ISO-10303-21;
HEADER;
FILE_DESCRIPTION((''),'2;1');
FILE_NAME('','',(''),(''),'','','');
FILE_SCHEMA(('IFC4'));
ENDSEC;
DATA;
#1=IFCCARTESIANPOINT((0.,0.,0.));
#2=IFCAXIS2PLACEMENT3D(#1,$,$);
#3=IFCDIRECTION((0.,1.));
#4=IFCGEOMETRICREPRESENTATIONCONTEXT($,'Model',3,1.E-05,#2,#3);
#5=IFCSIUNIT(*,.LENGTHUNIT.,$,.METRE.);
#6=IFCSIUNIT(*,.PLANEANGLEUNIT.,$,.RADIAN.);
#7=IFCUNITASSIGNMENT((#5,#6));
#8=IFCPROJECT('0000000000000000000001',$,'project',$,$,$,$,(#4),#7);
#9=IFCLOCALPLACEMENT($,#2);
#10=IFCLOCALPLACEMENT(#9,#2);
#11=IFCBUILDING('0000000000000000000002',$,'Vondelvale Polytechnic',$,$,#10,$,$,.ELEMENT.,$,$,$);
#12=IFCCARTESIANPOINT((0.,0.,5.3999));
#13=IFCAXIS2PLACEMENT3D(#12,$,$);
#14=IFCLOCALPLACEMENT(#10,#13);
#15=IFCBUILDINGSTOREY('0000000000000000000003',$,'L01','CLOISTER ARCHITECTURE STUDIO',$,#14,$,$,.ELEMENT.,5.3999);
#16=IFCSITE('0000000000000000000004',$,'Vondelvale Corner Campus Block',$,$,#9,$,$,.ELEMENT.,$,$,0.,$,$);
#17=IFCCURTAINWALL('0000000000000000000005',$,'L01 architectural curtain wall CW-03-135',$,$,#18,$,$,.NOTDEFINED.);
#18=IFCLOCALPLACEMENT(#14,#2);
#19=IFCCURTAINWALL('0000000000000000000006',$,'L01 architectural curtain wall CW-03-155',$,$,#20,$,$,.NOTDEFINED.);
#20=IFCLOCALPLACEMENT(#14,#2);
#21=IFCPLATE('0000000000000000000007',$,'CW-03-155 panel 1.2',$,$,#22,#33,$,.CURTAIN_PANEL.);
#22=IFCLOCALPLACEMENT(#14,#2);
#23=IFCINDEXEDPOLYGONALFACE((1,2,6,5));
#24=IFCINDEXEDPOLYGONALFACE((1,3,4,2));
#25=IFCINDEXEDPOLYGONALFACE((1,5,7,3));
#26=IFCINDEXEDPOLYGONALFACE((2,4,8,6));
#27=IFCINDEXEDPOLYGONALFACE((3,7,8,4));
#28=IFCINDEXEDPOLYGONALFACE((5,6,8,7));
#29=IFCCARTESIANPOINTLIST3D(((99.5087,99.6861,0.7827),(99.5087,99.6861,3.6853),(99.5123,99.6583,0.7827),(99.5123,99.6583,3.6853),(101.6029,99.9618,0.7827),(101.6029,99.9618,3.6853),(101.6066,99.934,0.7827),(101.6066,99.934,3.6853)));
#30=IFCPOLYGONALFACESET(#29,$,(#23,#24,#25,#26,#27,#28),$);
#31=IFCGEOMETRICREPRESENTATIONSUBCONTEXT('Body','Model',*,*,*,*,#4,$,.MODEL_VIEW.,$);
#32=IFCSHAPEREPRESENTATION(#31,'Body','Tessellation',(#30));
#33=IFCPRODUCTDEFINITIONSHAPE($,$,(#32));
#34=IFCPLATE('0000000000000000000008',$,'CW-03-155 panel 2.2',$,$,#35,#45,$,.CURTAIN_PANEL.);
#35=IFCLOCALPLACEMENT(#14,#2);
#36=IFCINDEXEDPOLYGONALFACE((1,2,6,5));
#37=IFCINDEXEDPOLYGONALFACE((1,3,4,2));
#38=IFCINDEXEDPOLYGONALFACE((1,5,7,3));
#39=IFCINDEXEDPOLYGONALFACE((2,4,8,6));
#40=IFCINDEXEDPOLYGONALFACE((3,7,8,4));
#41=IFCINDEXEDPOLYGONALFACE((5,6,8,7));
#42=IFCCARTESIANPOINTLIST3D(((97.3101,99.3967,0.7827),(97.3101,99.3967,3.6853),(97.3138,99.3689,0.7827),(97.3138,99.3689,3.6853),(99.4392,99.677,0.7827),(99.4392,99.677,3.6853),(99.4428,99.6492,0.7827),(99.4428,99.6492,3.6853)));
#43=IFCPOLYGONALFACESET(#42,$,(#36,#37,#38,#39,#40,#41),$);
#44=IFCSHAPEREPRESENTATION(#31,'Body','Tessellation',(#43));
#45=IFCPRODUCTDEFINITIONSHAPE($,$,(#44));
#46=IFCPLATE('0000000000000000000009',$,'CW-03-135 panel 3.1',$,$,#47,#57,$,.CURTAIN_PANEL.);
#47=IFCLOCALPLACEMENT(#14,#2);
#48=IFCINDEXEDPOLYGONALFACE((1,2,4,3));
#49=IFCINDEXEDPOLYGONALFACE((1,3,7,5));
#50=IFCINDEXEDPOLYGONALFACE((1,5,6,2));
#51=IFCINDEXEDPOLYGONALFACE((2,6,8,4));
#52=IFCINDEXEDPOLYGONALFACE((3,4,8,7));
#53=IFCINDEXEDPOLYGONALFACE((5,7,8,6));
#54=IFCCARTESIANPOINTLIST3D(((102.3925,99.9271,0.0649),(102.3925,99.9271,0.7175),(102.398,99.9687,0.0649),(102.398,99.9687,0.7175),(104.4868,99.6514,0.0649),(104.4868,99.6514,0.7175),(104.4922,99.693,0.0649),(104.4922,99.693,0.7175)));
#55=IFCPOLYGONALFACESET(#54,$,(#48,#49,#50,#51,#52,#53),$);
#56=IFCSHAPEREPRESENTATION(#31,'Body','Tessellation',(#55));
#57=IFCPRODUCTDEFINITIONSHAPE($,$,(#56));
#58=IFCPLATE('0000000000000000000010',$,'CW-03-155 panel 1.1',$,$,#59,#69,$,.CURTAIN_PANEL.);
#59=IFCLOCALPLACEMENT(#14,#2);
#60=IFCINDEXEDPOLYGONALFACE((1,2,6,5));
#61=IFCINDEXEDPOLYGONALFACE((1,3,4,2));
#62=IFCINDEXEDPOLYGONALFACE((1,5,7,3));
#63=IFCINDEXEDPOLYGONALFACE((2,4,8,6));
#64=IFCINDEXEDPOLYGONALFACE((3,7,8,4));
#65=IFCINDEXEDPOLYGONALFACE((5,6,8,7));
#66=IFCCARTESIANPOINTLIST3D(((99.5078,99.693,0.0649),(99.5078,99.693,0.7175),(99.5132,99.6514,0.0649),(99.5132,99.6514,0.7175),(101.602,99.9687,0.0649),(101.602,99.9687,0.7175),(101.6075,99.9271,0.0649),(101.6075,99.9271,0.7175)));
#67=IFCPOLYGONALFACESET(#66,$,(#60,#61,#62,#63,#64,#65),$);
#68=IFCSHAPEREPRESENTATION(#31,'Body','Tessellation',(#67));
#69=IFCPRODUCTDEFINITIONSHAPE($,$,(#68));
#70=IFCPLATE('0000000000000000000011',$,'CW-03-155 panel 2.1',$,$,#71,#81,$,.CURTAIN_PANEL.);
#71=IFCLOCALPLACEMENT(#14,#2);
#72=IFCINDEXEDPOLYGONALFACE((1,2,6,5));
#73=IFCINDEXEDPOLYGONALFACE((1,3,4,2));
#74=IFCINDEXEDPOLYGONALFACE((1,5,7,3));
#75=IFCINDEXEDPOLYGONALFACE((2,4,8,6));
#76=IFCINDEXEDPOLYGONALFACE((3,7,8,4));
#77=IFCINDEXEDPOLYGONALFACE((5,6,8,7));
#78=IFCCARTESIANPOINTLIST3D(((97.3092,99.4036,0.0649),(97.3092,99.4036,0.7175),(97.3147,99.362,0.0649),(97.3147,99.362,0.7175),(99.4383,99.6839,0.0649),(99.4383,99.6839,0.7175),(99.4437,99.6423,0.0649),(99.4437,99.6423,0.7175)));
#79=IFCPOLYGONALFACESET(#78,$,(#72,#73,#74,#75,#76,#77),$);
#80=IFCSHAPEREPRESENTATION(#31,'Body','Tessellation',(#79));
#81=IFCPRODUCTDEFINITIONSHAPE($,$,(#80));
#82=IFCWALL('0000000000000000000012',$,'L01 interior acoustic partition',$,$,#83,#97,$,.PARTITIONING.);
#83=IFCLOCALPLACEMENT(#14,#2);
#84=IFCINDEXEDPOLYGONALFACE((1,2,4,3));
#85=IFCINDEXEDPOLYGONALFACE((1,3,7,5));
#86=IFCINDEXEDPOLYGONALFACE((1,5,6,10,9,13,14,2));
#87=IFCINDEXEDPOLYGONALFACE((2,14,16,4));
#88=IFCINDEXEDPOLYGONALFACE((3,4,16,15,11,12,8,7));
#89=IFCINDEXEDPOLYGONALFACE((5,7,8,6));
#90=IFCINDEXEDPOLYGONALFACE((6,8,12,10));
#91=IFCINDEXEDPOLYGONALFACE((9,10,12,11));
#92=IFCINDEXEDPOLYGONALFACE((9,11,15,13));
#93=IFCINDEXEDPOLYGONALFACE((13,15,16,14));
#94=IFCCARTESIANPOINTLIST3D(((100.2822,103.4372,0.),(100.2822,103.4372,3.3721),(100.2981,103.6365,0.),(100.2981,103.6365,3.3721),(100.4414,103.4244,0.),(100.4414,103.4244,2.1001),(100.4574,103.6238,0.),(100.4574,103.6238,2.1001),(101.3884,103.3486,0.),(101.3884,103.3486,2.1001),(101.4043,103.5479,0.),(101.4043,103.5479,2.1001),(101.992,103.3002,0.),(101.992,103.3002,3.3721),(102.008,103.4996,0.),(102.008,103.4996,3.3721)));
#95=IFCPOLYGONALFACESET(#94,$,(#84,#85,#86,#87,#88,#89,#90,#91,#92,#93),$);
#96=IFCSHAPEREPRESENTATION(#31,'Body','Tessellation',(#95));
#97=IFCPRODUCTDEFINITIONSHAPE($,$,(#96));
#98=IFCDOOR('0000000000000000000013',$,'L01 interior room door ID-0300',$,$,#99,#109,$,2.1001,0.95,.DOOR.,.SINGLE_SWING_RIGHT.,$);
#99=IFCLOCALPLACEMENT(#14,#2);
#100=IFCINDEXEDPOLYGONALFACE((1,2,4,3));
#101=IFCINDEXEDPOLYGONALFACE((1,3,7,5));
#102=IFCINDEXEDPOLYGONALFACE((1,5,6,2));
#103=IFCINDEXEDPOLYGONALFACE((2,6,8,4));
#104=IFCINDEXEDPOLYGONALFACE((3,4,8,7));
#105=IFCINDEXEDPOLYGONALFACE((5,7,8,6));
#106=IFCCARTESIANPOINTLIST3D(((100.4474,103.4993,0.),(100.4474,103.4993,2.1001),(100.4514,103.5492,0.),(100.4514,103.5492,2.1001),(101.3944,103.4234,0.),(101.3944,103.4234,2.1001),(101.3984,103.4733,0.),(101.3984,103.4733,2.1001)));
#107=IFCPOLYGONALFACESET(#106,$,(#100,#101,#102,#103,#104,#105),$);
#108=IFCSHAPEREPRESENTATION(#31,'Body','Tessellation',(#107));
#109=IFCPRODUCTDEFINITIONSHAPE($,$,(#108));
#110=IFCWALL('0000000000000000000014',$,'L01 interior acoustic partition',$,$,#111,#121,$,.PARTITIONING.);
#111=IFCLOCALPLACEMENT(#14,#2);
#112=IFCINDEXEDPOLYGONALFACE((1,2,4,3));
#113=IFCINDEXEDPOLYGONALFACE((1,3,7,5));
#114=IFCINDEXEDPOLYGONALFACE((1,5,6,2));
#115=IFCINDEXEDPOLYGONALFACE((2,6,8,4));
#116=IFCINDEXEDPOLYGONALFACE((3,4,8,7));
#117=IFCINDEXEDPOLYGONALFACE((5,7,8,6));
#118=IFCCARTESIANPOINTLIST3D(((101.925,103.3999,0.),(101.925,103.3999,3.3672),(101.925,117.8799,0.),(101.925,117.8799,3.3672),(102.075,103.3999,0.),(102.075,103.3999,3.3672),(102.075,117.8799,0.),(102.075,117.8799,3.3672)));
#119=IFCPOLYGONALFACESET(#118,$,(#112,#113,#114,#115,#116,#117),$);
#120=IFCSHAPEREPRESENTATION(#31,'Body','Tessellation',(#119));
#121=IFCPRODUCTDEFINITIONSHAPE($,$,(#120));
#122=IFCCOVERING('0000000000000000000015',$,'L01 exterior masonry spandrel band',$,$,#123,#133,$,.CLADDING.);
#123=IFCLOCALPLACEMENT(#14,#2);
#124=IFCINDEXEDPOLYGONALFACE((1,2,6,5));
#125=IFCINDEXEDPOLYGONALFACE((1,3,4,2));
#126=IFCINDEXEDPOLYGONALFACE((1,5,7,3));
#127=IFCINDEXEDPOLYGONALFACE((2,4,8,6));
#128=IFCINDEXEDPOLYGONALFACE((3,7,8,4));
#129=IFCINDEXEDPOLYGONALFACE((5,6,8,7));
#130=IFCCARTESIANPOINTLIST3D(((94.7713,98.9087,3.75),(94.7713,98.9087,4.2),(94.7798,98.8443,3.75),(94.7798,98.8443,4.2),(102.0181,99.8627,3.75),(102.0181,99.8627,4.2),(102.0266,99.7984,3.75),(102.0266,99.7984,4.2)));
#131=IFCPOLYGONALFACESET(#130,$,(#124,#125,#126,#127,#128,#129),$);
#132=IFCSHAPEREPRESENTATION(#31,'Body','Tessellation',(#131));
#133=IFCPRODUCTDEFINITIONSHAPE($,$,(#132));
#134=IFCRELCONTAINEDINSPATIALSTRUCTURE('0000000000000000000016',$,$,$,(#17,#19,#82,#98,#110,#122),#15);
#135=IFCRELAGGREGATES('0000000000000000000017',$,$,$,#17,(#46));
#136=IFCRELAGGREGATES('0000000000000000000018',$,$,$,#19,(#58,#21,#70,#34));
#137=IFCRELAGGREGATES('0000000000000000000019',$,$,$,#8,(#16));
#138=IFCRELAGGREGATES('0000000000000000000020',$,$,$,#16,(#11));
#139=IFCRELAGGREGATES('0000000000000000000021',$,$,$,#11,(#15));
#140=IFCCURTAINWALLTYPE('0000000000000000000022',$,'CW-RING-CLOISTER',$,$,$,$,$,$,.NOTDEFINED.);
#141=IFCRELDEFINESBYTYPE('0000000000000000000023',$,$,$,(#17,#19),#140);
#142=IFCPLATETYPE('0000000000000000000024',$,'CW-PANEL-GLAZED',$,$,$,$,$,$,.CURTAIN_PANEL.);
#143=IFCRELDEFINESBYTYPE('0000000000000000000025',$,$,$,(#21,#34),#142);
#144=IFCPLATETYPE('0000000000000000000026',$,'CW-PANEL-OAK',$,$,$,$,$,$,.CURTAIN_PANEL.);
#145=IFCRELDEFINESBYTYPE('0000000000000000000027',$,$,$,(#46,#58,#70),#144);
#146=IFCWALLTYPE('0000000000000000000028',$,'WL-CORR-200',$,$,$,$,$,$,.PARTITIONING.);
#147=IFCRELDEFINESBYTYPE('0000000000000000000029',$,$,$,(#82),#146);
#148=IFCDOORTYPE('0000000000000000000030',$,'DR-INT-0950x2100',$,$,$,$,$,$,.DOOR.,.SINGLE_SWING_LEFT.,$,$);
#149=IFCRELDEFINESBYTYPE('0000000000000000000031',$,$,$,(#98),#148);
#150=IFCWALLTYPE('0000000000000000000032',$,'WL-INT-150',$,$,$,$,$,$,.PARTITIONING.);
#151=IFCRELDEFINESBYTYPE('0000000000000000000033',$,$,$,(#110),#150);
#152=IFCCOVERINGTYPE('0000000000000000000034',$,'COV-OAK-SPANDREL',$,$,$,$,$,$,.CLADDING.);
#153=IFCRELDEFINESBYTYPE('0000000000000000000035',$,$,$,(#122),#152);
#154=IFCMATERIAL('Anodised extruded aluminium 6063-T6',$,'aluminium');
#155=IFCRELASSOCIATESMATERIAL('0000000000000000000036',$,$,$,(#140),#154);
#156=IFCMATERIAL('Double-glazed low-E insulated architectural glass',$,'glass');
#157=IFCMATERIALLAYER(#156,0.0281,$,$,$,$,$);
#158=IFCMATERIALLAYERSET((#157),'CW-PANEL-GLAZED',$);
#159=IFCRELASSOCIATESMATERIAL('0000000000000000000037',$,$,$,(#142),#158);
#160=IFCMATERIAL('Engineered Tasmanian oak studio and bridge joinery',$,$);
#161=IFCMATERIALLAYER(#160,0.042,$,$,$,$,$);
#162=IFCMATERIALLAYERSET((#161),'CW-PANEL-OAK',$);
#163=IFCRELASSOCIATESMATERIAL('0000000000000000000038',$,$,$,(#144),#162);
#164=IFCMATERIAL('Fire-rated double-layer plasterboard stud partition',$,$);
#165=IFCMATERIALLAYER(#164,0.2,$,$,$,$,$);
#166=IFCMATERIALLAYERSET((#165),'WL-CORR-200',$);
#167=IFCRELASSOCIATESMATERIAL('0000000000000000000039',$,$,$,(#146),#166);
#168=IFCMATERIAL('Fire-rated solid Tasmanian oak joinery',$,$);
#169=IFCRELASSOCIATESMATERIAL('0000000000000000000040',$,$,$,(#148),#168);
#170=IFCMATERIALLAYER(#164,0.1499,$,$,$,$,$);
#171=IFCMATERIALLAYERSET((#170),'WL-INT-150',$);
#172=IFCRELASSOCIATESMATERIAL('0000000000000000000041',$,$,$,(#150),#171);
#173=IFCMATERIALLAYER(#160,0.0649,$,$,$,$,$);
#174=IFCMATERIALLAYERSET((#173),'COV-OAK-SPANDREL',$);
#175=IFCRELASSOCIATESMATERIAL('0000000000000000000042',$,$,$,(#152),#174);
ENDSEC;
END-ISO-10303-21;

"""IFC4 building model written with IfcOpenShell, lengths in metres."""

from ifc_helpers import new_model, si_unit, direction, frame, frame_2d, origin, origin_2d, place, context, subcontext, project, spatial, rectangle, extrude, material, layer, layer_set, type_object, element, fill, aggregate, save


model = new_model("IFC4")

# Units and contexts
model_context = context("Model", 3, precision=1e-05, world=origin(), true_north=direction((0.0, 1.0)))
body_context = subcontext(model_context, "Body", "Model", "MODEL_VIEW")
ifc_project = project(units=[si_unit("LENGTHUNIT", "METRE"), si_unit("PLANEANGLEUNIT", "RADIAN")], contexts=[model_context])

# Site, building, storey
site_placement = place(None, origin())
site = spatial("IfcSite", under=ifc_project, at=site_placement, Name="Vondelvale Corner Campus Block", CompositionType="ELEMENT", RefElevation=0.0)
building_placement = place(site_placement, origin())
building = spatial("IfcBuilding", under=site, at=building_placement, Name="Vondelvale Polytechnic", CompositionType="ELEMENT")
storey_placement = place(building_placement, frame((0.0, 0.0, 5.3999)))
storey = spatial("IfcBuildingStorey", under=building, at=storey_placement, Name="L01", Description="CLOISTER ARCHITECTURE STUDIO", CompositionType="ELEMENT", Elevation=5.3999)

# Curtain walls
ifc_material_1 = material(Name="Anodised extruded aluminium 6063-T6", Category="aluminium")
curtain_wall_type = type_object("IfcCurtainWallType", Name="CW-RING-CLOISTER", PredefinedType="NOTDEFINED", material=ifc_material_1)
curtain_wall_1_placement = place(storey_placement, origin())
curtain_wall_1 = element("IfcCurtainWall", 1, at=curtain_wall_1_placement, inside=storey, type_object=curtain_wall_type, Name="L01 architectural curtain wall CW-03-135", PredefinedType="NOTDEFINED")
curtain_wall_2_placement = place(storey_placement, origin())
curtain_wall_2 = element("IfcCurtainWall", 2, at=curtain_wall_2_placement, inside=storey, type_object=curtain_wall_type, Name="L01 architectural curtain wall CW-03-155", PredefinedType="NOTDEFINED")

# Plates
ifc_material_2 = material(Name="Double-glazed low-E insulated architectural glass", Category="glass")
ifc_layer_1 = layer(ifc_material_2, 0.0281)
ifc_layer_set_1 = layer_set([ifc_layer_1], Name="CW-PANEL-GLAZED")
plate_type_1 = type_object("IfcPlateType", Name="CW-PANEL-GLAZED", PredefinedType="CURTAIN_PANEL", material=ifc_layer_set_1)
plate_1_placement = place(storey_placement, frame((100.5576, 99.8101, 0.7827), z_axis=(0.0, 0.0, 1.0), x_axis=(-0.991445, -0.130528, 0.0)))
plate_1 = element("IfcPlate", 3, at=plate_1_placement, type_object=plate_type_1, Name="CW-03-155 panel 1.2", PredefinedType="CURTAIN_PANEL", context=body_context, shape_type="SweptSolid", body=[
    extrude(rectangle(XDim=2.1123, YDim=0.0281, at=origin_2d()), origin(), (0.0, 0.0, 1.0), 2.9026),
])
plate_2_placement = place(storey_placement, frame((98.3765, 99.5229, 0.7827), z_axis=(0.0, 0.0, 1.0), x_axis=(-0.991445, -0.130528, 0.0)))
plate_2 = element("IfcPlate", 4, at=plate_2_placement, type_object=plate_type_1, Name="CW-03-155 panel 2.2", PredefinedType="CURTAIN_PANEL", context=body_context, shape_type="SweptSolid", body=[
    extrude(rectangle(XDim=2.1475, YDim=0.0281, at=origin_2d()), origin(), (0.0, 0.0, 1.0), 2.9026),
])
ifc_material_3 = material(Name="Engineered Tasmanian oak studio and bridge joinery")
ifc_layer_2 = layer(ifc_material_3, 0.042)
ifc_layer_set_2 = layer_set([ifc_layer_2], Name="CW-PANEL-OAK")
plate_type_2 = type_object("IfcPlateType", Name="CW-PANEL-OAK", PredefinedType="CURTAIN_PANEL", material=ifc_layer_set_2)
plate_3_placement = place(storey_placement, frame((103.4424, 99.8101, 0.0649), z_axis=(0.0, 0.0, 1.0), x_axis=(-0.991445, 0.130528, 0.0)))
plate_3 = element("IfcPlate", 5, at=plate_3_placement, type_object=plate_type_2, Name="CW-03-135 panel 3.1", PredefinedType="CURTAIN_PANEL", context=body_context, shape_type="SweptSolid", body=[
    extrude(rectangle(XDim=2.1123, YDim=0.042, at=origin_2d()), origin(), (0.0, 0.0, 1.0), 0.6526),
])
aggregate(curtain_wall_1, [plate_3])
plate_4_placement = place(storey_placement, frame((100.5576, 99.8101, 0.0649), z_axis=(0.0, 0.0, 1.0), x_axis=(-0.991445, -0.130528, 0.0)))
plate_4 = element("IfcPlate", 6, at=plate_4_placement, type_object=plate_type_2, Name="CW-03-155 panel 1.1", PredefinedType="CURTAIN_PANEL", context=body_context, shape_type="SweptSolid", body=[
    extrude(rectangle(XDim=2.1123, YDim=0.042, at=origin_2d()), origin(), (0.0, 0.0, 1.0), 0.6526),
])
plate_5_placement = place(storey_placement, frame((98.3765, 99.5229, 0.0649), z_axis=(0.0, 0.0, 1.0), x_axis=(-0.991445, -0.130528, 0.0)))
plate_5 = element("IfcPlate", 7, at=plate_5_placement, type_object=plate_type_2, Name="CW-03-155 panel 2.1", PredefinedType="CURTAIN_PANEL", context=body_context, shape_type="SweptSolid", body=[
    extrude(rectangle(XDim=2.1475, YDim=0.042, at=origin_2d()), origin(), (0.0, 0.0, 1.0), 0.6526),
])
aggregate(curtain_wall_2, [plate_4, plate_1, plate_5, plate_2])

# Wall, opening, door
ifc_material_4 = material(Name="Fire-rated double-layer plasterboard stud partition")
ifc_layer_3 = layer(ifc_material_4, 0.2)
ifc_layer_set_3 = layer_set([ifc_layer_3], Name="WL-CORR-200")
wall_type_1 = type_object("IfcWallType", Name="WL-CORR-200", PredefinedType="PARTITIONING", material=ifc_layer_set_3)
wall_1_placement = place(storey_placement, frame((102.0, 103.3999, 0.0), z_axis=(0.0, 0.0, 1.0), x_axis=(-0.996808, 0.079841, 0.0)))
wall_1 = element("IfcWall", 8, at=wall_1_placement, inside=storey, type_object=wall_type_1, Name="L01 interior acoustic partition", PredefinedType="PARTITIONING", context=body_context, shape_type="SweptSolid", body=[
    extrude(rectangle(XDim=1.7153, YDim=0.2, at=frame_2d((0.8577, 0.0))), origin(), (0.0, 0.0, 1.0), 3.3721),
])
opening_placement = place(wall_1_placement, frame((0.6055, 0.0, 0.0)))
opening = element("IfcOpeningElement", 9, at=opening_placement, cuts=wall_1, PredefinedType="OPENING", context=body_context, shape_type="SweptSolid", body=[
    extrude(rectangle(XDim=0.95, YDim=2.1001, at=frame_2d((0.4751, 1.05))), frame((0.0, 0.1099, 0.0), z_axis=(0.0, -1.0, 0.0), x_axis=(1.0, 0.0, 0.0)), (0.0, 0.0, 1.0), 0.22),
])
ifc_material_5 = material(Name="Fire-rated solid Tasmanian oak joinery")
door_type = type_object("IfcDoorType", Name="DR-INT-0950x2100", OperationType="SINGLE_SWING_LEFT", PredefinedType="DOOR", material=ifc_material_5)
door_placement = place(opening_placement, origin())
door = element("IfcDoor", 10, at=door_placement, inside=storey, type_object=door_type, Name="L01 interior room door ID-0300", OperationType="SINGLE_SWING_RIGHT", OverallHeight=2.1001, OverallWidth=0.95, PredefinedType="DOOR", context=body_context, shape_type="SweptSolid", body=[
    extrude(rectangle(XDim=0.95, YDim=2.1001, at=frame_2d((0.4751, 1.05))), frame((0.0, 0.0249, 0.0), z_axis=(0.0, -1.0, 0.0), x_axis=(1.0, 0.0, 0.0)), (0.0, 0.0, 1.0), 0.05),
])
fill(opening, door)

# Wall
ifc_layer_4 = layer(ifc_material_4, 0.1499)
ifc_layer_set_4 = layer_set([ifc_layer_4], Name="WL-INT-150")
wall_type_2 = type_object("IfcWallType", Name="WL-INT-150", PredefinedType="PARTITIONING", material=ifc_layer_set_4)
wall_2_placement = place(storey_placement, frame((102.0, 103.3999, 0.0), z_axis=(0.0, 0.0, 1.0), x_axis=(0.0, 1.0, 0.0)))
element("IfcWall", 11, at=wall_2_placement, inside=storey, type_object=wall_type_2, Name="L01 interior acoustic partition", PredefinedType="PARTITIONING", context=body_context, shape_type="SweptSolid", body=[
    extrude(rectangle(XDim=14.48, YDim=0.1499, at=frame_2d((7.24, 0.0))), origin(), (0.0, 0.0, 1.0), 3.3672),
])

# Covering
ifc_layer_5 = layer(ifc_material_3, 0.0649)
ifc_layer_set_5 = layer_set([ifc_layer_5], Name="COV-OAK-SPANDREL")
covering_type = type_object("IfcCoveringType", Name="COV-OAK-SPANDREL", PredefinedType="CLADDING", material=ifc_layer_set_5)
covering_placement = place(storey_placement, frame((98.3989, 99.3535, 3.75), z_axis=(0.0, 0.0, 1.0), x_axis=(-0.991445, -0.130526, 0.0)))
element("IfcCovering", 12, at=covering_placement, inside=storey, type_object=covering_type, Name="L01 exterior masonry spandrel band", PredefinedType="CLADDING", context=body_context, shape_type="SweptSolid", body=[
    extrude(rectangle(XDim=7.3093, YDim=0.0649, at=origin_2d()), origin(), (0.0, 0.0, 1.0), 0.45),
])

save(model, "model.ifc")
